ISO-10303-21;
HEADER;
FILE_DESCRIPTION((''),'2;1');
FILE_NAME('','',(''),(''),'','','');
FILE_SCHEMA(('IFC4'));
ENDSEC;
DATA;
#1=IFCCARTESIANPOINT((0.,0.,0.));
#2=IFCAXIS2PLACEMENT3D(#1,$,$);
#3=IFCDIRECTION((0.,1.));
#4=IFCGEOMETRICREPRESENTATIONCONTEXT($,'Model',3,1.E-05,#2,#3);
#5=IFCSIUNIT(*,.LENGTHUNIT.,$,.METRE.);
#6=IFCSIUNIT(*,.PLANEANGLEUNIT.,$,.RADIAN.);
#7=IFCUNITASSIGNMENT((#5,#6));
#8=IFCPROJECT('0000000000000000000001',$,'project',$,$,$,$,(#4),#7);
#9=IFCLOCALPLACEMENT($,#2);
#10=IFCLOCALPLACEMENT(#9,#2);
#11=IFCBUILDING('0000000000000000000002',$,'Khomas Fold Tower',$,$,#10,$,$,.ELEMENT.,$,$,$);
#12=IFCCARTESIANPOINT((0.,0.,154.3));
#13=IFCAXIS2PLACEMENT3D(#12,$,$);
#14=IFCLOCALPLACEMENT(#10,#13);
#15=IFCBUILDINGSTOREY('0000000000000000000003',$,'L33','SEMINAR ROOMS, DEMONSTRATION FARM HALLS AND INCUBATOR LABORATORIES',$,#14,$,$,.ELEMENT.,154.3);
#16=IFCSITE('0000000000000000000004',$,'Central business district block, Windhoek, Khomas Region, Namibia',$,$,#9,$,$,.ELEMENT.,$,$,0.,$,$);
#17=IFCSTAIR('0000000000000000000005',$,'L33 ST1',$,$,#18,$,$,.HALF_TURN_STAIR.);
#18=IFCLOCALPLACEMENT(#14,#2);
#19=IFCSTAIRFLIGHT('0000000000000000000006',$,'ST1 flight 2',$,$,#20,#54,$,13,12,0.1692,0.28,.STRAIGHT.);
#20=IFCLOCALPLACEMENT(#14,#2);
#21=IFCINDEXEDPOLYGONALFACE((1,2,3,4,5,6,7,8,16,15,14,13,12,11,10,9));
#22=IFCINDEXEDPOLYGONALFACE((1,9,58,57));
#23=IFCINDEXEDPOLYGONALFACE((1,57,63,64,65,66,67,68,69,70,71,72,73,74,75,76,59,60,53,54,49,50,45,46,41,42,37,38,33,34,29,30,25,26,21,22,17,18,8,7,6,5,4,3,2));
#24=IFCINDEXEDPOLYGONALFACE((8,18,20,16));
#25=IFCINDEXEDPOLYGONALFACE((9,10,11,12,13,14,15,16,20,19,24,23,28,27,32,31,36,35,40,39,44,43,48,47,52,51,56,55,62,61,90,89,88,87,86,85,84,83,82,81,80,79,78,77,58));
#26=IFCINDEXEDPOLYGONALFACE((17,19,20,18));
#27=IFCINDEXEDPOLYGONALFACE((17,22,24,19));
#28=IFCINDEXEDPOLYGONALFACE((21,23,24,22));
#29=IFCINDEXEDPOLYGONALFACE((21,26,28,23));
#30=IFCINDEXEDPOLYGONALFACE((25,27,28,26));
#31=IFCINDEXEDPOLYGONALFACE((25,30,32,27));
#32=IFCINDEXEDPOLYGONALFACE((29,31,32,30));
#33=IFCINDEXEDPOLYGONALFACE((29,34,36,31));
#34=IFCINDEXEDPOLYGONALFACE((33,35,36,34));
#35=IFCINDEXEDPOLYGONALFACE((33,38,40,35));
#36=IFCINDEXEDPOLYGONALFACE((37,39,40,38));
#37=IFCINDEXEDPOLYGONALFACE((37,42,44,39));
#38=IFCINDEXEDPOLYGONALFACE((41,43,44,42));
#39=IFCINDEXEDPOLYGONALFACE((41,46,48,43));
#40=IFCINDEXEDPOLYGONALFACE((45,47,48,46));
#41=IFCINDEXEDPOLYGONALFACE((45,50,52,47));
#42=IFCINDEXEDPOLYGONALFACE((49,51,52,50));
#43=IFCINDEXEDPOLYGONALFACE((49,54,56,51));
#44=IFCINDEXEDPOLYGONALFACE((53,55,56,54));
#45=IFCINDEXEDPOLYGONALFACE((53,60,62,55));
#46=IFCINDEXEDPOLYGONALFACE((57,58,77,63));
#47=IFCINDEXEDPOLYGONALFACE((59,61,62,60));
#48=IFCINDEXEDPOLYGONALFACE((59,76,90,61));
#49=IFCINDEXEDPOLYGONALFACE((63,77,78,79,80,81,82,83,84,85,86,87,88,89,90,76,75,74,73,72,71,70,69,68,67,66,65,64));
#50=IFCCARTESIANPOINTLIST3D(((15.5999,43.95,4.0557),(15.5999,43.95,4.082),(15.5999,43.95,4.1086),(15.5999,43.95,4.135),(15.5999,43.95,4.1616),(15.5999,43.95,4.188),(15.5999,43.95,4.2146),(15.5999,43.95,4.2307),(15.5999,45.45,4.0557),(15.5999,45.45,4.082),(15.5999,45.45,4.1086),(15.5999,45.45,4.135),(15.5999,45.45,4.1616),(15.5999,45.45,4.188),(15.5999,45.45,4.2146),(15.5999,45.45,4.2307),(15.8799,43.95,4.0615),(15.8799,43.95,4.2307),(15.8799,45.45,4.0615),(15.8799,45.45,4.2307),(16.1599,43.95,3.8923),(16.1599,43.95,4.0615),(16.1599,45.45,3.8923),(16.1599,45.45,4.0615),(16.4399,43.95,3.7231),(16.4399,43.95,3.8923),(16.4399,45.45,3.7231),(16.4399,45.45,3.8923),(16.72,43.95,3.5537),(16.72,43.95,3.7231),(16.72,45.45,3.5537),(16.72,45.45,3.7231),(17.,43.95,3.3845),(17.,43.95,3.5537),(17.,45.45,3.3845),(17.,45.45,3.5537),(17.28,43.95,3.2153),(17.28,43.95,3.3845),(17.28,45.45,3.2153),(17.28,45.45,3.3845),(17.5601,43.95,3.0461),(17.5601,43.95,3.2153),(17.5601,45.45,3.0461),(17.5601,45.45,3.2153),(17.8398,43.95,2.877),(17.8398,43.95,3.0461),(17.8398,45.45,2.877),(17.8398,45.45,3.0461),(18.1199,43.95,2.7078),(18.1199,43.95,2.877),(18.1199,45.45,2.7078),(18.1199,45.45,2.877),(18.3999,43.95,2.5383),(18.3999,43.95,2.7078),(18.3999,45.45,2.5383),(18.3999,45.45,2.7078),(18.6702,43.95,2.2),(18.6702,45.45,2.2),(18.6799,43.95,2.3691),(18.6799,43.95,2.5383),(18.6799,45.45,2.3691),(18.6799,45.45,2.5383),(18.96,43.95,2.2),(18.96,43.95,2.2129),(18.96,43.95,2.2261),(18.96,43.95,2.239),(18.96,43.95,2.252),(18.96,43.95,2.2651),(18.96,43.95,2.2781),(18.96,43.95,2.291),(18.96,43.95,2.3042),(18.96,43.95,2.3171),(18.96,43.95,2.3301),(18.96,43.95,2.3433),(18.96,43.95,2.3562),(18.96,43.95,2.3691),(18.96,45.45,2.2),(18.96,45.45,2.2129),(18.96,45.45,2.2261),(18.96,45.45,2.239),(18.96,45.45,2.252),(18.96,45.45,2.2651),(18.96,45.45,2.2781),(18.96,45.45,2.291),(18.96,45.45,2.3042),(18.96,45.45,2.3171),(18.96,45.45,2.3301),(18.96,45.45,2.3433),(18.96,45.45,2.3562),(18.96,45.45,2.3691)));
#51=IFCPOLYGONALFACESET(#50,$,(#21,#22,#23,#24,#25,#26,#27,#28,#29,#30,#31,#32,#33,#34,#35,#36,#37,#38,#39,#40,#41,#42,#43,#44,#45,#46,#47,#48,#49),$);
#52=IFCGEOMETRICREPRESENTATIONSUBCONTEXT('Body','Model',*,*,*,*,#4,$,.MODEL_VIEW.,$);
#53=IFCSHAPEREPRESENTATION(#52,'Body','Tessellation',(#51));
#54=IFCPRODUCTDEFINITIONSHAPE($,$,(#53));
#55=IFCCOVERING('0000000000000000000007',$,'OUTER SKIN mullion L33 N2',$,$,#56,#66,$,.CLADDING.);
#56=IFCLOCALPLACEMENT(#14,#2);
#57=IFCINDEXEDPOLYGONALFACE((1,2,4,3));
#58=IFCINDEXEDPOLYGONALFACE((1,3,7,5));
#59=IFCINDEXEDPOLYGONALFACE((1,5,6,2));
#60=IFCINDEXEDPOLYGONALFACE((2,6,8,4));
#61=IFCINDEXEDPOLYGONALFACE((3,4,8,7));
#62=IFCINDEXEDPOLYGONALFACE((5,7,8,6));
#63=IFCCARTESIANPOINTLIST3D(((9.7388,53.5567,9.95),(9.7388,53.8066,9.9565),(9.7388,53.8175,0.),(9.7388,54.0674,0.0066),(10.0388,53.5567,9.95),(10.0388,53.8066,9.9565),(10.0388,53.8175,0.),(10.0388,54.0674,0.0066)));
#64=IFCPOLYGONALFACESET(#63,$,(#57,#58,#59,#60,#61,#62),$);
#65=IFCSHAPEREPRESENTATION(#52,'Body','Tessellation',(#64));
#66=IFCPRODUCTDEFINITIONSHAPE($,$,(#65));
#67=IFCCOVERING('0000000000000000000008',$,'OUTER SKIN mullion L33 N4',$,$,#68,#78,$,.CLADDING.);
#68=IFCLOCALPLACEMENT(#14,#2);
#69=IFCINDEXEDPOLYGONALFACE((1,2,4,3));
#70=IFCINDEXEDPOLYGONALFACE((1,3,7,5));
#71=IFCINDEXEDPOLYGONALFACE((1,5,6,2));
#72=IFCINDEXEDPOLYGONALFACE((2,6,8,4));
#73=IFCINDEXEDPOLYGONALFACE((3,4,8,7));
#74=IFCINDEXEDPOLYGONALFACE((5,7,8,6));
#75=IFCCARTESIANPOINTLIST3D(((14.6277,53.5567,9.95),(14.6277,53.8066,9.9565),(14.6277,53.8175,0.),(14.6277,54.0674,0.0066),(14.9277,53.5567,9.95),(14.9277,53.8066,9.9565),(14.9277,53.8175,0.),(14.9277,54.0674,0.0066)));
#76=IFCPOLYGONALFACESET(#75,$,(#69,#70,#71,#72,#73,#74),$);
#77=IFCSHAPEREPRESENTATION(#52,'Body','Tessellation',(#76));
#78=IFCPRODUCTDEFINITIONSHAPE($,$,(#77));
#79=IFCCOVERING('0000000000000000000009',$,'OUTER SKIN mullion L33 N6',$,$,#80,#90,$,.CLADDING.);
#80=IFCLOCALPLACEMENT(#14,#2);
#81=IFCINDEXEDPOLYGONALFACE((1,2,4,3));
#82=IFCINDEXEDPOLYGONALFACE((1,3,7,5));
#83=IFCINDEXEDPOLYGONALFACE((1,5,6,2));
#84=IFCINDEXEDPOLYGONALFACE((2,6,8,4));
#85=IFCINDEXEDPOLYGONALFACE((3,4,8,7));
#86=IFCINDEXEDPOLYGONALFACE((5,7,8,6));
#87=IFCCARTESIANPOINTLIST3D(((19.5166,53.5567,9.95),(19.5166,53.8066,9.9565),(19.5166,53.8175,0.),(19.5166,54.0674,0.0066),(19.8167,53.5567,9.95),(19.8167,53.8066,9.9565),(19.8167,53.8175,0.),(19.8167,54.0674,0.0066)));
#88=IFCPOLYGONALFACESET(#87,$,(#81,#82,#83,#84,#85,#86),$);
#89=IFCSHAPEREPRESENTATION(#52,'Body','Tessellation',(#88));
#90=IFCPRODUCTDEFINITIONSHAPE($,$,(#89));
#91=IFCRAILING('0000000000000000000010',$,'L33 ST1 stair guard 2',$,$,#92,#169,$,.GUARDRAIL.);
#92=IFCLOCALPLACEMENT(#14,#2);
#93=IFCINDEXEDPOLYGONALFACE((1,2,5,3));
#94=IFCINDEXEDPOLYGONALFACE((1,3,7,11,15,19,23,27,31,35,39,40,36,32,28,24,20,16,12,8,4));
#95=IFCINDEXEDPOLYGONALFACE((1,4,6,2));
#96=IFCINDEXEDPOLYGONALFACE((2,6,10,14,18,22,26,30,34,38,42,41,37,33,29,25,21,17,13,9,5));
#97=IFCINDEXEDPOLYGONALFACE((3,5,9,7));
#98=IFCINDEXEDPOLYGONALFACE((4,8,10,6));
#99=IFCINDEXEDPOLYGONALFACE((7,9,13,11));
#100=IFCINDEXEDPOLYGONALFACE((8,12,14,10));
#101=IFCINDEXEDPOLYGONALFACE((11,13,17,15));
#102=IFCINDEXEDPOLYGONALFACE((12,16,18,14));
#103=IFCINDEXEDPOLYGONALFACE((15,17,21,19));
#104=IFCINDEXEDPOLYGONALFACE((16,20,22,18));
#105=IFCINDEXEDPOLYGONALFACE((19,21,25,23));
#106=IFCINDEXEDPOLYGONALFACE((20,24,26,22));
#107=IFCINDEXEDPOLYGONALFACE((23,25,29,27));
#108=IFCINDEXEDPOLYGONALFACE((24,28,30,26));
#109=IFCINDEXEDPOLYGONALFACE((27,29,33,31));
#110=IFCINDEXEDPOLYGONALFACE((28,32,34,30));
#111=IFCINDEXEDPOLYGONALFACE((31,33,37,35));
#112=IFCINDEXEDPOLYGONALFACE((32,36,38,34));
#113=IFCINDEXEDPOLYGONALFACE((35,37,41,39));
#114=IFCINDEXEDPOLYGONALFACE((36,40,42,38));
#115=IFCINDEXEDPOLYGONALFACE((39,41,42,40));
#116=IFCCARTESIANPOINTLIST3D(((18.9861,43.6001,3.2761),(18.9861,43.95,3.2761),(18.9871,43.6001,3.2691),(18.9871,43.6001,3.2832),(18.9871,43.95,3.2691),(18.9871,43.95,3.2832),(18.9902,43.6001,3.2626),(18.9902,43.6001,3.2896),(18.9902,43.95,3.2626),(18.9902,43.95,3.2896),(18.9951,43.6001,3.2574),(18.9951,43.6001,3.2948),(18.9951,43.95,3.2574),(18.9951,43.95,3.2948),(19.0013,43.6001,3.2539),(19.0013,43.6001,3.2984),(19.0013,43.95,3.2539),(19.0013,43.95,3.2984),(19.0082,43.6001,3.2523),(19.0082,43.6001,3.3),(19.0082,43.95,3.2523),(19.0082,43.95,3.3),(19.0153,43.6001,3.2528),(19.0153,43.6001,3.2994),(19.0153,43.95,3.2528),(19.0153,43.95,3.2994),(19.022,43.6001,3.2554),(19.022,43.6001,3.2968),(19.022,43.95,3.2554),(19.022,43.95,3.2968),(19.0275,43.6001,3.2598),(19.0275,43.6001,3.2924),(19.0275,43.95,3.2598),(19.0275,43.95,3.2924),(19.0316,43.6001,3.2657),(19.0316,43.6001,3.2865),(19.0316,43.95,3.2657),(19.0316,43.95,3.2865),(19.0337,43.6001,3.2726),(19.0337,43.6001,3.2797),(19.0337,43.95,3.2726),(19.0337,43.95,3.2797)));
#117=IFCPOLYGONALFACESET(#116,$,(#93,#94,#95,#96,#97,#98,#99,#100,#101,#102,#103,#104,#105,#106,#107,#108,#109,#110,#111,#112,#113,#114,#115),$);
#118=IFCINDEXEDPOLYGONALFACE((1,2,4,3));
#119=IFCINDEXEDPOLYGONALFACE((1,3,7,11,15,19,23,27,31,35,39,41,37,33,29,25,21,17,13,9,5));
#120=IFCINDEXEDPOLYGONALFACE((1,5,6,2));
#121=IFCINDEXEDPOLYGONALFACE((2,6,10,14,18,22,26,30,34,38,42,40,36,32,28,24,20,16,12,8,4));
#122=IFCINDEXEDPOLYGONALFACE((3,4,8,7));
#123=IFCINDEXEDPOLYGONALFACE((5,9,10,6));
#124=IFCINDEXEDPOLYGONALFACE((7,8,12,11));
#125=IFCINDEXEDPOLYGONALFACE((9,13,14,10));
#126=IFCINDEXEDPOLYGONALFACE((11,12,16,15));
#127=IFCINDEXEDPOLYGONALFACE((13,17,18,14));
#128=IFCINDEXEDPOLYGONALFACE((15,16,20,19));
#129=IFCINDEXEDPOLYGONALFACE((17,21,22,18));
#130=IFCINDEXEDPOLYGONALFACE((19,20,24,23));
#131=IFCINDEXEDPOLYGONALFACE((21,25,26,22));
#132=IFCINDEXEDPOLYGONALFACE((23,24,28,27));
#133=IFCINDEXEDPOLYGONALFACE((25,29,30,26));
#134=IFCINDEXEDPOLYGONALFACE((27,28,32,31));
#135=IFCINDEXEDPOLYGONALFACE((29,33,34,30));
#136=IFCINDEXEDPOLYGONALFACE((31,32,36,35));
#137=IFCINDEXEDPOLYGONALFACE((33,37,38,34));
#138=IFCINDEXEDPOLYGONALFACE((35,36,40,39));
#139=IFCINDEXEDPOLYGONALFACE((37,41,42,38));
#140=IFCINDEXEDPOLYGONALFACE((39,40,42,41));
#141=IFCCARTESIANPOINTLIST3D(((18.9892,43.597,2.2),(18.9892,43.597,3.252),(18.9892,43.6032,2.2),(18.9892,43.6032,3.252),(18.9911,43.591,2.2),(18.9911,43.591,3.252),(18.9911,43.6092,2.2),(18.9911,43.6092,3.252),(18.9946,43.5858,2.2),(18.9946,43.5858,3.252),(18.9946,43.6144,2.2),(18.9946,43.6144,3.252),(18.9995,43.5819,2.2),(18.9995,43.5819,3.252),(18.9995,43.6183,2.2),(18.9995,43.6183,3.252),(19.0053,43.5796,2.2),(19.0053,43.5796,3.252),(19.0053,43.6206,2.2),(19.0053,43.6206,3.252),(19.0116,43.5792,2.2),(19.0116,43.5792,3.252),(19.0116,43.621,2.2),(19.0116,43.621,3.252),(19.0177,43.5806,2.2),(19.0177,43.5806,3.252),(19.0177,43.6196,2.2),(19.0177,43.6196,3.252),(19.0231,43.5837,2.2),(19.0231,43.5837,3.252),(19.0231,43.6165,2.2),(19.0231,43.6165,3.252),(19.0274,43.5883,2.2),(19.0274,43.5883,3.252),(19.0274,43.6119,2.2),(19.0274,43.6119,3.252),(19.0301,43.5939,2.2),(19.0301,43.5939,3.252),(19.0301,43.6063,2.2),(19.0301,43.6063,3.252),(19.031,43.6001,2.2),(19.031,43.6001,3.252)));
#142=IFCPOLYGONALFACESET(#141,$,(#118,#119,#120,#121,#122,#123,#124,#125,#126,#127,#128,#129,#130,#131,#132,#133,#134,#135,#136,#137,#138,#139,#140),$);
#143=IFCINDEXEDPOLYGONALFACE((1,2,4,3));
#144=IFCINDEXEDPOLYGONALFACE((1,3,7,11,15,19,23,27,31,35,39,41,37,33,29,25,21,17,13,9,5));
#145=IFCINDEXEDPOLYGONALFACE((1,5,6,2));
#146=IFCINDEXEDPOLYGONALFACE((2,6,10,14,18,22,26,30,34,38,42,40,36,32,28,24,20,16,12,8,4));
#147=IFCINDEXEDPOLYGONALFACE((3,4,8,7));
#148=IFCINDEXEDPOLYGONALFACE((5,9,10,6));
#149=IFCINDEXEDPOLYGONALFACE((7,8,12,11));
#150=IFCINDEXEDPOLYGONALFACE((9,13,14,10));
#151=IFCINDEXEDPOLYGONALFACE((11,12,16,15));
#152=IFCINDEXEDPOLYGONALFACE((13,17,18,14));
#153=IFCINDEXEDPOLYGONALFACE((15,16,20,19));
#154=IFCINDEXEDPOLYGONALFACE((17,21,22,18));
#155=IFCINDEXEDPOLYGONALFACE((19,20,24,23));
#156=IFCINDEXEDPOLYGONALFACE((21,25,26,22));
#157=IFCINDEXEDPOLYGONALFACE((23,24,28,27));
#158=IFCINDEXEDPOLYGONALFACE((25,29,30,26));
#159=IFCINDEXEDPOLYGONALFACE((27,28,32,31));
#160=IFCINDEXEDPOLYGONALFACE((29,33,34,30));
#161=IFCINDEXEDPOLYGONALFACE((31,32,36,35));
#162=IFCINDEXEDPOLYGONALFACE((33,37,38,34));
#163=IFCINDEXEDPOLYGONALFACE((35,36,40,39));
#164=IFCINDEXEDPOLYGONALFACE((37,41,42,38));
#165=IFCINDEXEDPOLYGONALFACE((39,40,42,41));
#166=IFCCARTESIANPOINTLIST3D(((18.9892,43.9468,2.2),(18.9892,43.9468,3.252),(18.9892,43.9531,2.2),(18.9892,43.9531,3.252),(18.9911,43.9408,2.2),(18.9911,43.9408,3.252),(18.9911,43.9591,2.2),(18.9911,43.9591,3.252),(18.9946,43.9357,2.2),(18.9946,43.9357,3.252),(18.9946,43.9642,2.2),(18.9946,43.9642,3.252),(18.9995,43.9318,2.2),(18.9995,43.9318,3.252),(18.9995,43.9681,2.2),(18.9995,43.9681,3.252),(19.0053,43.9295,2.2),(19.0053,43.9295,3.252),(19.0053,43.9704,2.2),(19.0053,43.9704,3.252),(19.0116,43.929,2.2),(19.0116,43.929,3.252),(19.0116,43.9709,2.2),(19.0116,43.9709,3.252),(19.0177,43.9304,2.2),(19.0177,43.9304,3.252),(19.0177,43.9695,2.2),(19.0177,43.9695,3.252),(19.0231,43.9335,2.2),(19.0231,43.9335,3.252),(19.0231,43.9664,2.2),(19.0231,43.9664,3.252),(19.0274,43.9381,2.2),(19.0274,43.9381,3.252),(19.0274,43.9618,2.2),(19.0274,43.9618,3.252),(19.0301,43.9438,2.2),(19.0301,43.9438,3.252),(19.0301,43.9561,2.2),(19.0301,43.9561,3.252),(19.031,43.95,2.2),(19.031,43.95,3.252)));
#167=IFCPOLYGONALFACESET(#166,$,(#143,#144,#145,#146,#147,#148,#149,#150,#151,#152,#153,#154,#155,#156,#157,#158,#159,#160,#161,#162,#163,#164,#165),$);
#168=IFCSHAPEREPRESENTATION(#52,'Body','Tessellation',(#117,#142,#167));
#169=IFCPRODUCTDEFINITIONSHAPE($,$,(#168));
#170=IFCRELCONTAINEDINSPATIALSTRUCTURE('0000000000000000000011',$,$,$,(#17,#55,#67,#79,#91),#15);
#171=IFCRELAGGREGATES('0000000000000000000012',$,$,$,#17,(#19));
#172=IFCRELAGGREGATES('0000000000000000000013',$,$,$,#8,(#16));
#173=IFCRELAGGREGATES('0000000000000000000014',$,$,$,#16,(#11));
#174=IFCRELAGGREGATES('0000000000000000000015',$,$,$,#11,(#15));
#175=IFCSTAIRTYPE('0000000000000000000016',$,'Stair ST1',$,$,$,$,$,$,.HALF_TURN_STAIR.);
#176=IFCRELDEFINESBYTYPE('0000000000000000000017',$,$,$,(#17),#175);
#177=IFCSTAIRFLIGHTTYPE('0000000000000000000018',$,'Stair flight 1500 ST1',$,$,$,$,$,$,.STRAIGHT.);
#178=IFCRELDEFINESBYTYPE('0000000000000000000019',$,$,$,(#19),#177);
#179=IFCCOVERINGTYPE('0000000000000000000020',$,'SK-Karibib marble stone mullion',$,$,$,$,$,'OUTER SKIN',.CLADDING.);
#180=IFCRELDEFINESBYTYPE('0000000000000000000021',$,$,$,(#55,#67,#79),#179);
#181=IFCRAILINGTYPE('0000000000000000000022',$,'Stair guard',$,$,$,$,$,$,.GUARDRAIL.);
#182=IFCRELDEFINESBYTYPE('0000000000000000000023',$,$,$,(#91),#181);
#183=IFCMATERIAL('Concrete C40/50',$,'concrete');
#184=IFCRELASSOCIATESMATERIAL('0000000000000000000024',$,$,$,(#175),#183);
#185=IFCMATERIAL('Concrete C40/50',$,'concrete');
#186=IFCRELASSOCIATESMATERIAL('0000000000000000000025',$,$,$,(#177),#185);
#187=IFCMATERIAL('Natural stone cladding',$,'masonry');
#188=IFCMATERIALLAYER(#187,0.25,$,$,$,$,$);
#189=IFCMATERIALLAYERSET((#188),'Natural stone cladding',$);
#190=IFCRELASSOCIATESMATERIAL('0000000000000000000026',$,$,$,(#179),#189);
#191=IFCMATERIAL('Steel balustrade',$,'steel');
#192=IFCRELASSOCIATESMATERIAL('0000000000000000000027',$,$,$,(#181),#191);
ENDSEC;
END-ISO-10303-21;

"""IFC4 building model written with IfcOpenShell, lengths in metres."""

from ifc_helpers import new_model, si_unit, direction, frame, origin, origin_2d, place, context, subcontext, project, spatial, polyline, circle, outline, extrude, source, transform, mapped, material, layer, layer_set, type_object, element, aggregate, save


model = new_model("IFC4")

# Units and contexts
model_context = context("Model", 3, precision=1e-05, world=origin(), true_north=direction((0.0, 1.0)))
body_context = subcontext(model_context, "Body", "Model", "MODEL_VIEW")
ifc_project = project(units=[si_unit("LENGTHUNIT", "METRE"), si_unit("PLANEANGLEUNIT", "RADIAN")], contexts=[model_context])

# Site, building, storey
site_placement = place(None, origin())
site = spatial("IfcSite", under=ifc_project, at=site_placement, Name="Central business district block, Windhoek, Khomas Region, Namibia", CompositionType="ELEMENT", RefElevation=0.0)
building_placement = place(site_placement, origin())
building = spatial("IfcBuilding", under=site, at=building_placement, Name="Khomas Fold Tower", CompositionType="ELEMENT")
storey_placement = place(building_placement, frame((0.0, 0.0, 154.3)))
storey = spatial("IfcBuildingStorey", under=building, at=storey_placement, Name="L33", Description="SEMINAR ROOMS, DEMONSTRATION FARM HALLS AND INCUBATOR LABORATORIES", CompositionType="ELEMENT", Elevation=154.3)

# Stair, stair flight
ifc_material_1 = material(Name="Concrete C40/50", Category="concrete")
stair_type = type_object("IfcStairType", Name="Stair ST1", PredefinedType="HALF_TURN_STAIR", material=ifc_material_1)
stair_placement = place(storey_placement, origin())
stair = element("IfcStair", 1, at=stair_placement, inside=storey, type_object=stair_type, Name="L33 ST1", PredefinedType="HALF_TURN_STAIR")
ifc_material_2 = material(Name="Concrete C40/50", Category="concrete")
stair_flight_type = type_object("IfcStairFlightType", Name="Stair flight 1500 ST1", PredefinedType="STRAIGHT", material=ifc_material_2)
shared_shape_1 = source(origin(), body_context, "Body", "SweptSolid", [
    extrude(outline(polyline([(0.0, 0.0), (0.0, 0.0129), (0.0, 0.0261), (0.0, 0.0391), (0.0, 0.052), (0.0, 0.0652), (0.0, 0.0781), (0.0, 0.0911), (0.0, 0.1042), (0.0, 0.1172), (0.0, 0.1301), (0.0, 0.1433), (0.0, 0.1562), (0.0, 0.1692), (0.28, 0.1692), (0.28, 0.3384), (0.5601, 0.3384), (0.5601, 0.5078), (0.8401, 0.5078), (0.8401, 0.677), (1.1201, 0.677), (1.1201, 0.8462), (1.3999, 0.8462), (1.3999, 1.0154), (1.6799, 1.0154), (1.6799, 1.1846), (1.96, 1.1846), (1.96, 1.3538), (2.24, 1.3538), (2.24, 1.5232), (2.52, 1.5232), (2.52, 1.6924), (2.8, 1.6924), (2.8, 1.8616), (3.0801, 1.8616), (3.0801, 2.0308), (3.3601, 2.0308), (3.3601, 2.2), (3.3601, 2.1736), (3.3601, 2.147), (3.3601, 2.1206), (3.3601, 2.094), (3.3601, 2.0676), (3.3601, 2.041), (3.3601, 2.0146), (3.3601, 1.988), (3.3601, 1.9617), (3.3601, 1.9351), (3.3601, 1.9087), (3.3601, 1.8821), (3.3601, 1.8557), (0.2898, 0.0), (0.0, 0.0)])), frame((0.0, 0.75, 0.0), z_axis=(0.0, -1.0, 0.0), x_axis=(1.0, 0.0, 0.0)), (0.0, 0.0, 1.0), 1.5),
])
stair_flight_placement = place(storey_placement, frame((18.96, 44.7, 2.2), z_axis=(0.0, 0.0, 1.0), x_axis=(-1.0, 0.0, 0.0)))
stair_flight = element("IfcStairFlight", 2, at=stair_flight_placement, type_object=stair_flight_type, Name="ST1 flight 2", NumberOfRisers=13, NumberOfTreads=12, PredefinedType="STRAIGHT", RiserHeight=0.1692, TreadLength=0.28, context=body_context, shape_type="MappedRepresentation", body=[
    mapped(shared_shape_1, transform((0.0, 0.0, 0.0))),
])
aggregate(stair, [stair_flight])

# Coverings
ifc_material_3 = material(Name="Natural stone cladding", Category="masonry")
ifc_layer_1 = layer(ifc_material_3, 0.25)
ifc_layer_set_1 = layer_set([ifc_layer_1], Name="Natural stone cladding")
covering_type = type_object("IfcCoveringType", Name="SK-Karibib marble stone mullion", ElementType="OUTER SKIN", PredefinedType="CLADDING", material=ifc_layer_set_1)
for number, where, z_axis, x_axis, name in (
    (3, (9.7388, 54.0674, 0.0066), (0.0, 0.999657, 0.026196), (1.0, 0.0, 0.0), "OUTER SKIN mullion L33 N2"),
    (4, (14.6277, 54.0674, 0.0066), (0.0, 0.999657, 0.026196), (1.0, 0.0, 0.0), "OUTER SKIN mullion L33 N4"),
    (5, (19.5166, 54.0674, 0.0066), (0.0, 0.999657, 0.026196), (1.0, 0.0, 0.0), "OUTER SKIN mullion L33 N6"),
):
    element("IfcCovering", number, at=place(storey_placement, frame(where, z_axis=z_axis, x_axis=x_axis)), inside=storey, type_object=covering_type, Name=name, PredefinedType="CLADDING", context=body_context, shape_type="SweptSolid", body=[
        extrude(outline(polyline([(0.0, 0.0), (0.3, 0.0), (0.3, -9.9534), (0.0, -9.9534), (0.0, 0.0)])), origin(), (0.0, 0.0, -1.0), 0.25),
    ])

# Railing
ifc_material_4 = material(Name="Steel balustrade", Category="steel")
railing_type_1 = type_object("IfcRailingType", Name="Stair guard", PredefinedType="GUARDRAIL", material=ifc_material_4)
shared_shape_2 = source(origin(), body_context, "Body", "SweptSolid", [
    extrude(circle(Radius=0.0239, at=origin_2d()), frame((0.0, 0.0, 1.0762), z_axis=(0.0, 1.0, 0.0), x_axis=(-1.0, 0.0, 0.0)), (0.0, 0.0, 1.0), 0.3499),
    extrude(circle(Radius=0.021, at=origin_2d()), origin(), (0.0, 0.0, 1.0), 1.052),
    extrude(circle(Radius=0.021, at=origin_2d()), frame((0.0, 0.3499, 0.0)), (0.0, 0.0, 1.0), 1.052),
])
for number, where, name in (
    (6, (19.01, 43.6001, 2.2), "L33 ST1 stair guard 2"),
):
    element("IfcRailing", number, at=place(storey_placement, frame(where)), inside=storey, type_object=railing_type_1, Name=name, PredefinedType="GUARDRAIL", context=body_context, shape_type="MappedRepresentation", body=[
        mapped(shared_shape_2, transform((0.0, 0.0, 0.0))),
    ])

save(model, "model.ifc")
